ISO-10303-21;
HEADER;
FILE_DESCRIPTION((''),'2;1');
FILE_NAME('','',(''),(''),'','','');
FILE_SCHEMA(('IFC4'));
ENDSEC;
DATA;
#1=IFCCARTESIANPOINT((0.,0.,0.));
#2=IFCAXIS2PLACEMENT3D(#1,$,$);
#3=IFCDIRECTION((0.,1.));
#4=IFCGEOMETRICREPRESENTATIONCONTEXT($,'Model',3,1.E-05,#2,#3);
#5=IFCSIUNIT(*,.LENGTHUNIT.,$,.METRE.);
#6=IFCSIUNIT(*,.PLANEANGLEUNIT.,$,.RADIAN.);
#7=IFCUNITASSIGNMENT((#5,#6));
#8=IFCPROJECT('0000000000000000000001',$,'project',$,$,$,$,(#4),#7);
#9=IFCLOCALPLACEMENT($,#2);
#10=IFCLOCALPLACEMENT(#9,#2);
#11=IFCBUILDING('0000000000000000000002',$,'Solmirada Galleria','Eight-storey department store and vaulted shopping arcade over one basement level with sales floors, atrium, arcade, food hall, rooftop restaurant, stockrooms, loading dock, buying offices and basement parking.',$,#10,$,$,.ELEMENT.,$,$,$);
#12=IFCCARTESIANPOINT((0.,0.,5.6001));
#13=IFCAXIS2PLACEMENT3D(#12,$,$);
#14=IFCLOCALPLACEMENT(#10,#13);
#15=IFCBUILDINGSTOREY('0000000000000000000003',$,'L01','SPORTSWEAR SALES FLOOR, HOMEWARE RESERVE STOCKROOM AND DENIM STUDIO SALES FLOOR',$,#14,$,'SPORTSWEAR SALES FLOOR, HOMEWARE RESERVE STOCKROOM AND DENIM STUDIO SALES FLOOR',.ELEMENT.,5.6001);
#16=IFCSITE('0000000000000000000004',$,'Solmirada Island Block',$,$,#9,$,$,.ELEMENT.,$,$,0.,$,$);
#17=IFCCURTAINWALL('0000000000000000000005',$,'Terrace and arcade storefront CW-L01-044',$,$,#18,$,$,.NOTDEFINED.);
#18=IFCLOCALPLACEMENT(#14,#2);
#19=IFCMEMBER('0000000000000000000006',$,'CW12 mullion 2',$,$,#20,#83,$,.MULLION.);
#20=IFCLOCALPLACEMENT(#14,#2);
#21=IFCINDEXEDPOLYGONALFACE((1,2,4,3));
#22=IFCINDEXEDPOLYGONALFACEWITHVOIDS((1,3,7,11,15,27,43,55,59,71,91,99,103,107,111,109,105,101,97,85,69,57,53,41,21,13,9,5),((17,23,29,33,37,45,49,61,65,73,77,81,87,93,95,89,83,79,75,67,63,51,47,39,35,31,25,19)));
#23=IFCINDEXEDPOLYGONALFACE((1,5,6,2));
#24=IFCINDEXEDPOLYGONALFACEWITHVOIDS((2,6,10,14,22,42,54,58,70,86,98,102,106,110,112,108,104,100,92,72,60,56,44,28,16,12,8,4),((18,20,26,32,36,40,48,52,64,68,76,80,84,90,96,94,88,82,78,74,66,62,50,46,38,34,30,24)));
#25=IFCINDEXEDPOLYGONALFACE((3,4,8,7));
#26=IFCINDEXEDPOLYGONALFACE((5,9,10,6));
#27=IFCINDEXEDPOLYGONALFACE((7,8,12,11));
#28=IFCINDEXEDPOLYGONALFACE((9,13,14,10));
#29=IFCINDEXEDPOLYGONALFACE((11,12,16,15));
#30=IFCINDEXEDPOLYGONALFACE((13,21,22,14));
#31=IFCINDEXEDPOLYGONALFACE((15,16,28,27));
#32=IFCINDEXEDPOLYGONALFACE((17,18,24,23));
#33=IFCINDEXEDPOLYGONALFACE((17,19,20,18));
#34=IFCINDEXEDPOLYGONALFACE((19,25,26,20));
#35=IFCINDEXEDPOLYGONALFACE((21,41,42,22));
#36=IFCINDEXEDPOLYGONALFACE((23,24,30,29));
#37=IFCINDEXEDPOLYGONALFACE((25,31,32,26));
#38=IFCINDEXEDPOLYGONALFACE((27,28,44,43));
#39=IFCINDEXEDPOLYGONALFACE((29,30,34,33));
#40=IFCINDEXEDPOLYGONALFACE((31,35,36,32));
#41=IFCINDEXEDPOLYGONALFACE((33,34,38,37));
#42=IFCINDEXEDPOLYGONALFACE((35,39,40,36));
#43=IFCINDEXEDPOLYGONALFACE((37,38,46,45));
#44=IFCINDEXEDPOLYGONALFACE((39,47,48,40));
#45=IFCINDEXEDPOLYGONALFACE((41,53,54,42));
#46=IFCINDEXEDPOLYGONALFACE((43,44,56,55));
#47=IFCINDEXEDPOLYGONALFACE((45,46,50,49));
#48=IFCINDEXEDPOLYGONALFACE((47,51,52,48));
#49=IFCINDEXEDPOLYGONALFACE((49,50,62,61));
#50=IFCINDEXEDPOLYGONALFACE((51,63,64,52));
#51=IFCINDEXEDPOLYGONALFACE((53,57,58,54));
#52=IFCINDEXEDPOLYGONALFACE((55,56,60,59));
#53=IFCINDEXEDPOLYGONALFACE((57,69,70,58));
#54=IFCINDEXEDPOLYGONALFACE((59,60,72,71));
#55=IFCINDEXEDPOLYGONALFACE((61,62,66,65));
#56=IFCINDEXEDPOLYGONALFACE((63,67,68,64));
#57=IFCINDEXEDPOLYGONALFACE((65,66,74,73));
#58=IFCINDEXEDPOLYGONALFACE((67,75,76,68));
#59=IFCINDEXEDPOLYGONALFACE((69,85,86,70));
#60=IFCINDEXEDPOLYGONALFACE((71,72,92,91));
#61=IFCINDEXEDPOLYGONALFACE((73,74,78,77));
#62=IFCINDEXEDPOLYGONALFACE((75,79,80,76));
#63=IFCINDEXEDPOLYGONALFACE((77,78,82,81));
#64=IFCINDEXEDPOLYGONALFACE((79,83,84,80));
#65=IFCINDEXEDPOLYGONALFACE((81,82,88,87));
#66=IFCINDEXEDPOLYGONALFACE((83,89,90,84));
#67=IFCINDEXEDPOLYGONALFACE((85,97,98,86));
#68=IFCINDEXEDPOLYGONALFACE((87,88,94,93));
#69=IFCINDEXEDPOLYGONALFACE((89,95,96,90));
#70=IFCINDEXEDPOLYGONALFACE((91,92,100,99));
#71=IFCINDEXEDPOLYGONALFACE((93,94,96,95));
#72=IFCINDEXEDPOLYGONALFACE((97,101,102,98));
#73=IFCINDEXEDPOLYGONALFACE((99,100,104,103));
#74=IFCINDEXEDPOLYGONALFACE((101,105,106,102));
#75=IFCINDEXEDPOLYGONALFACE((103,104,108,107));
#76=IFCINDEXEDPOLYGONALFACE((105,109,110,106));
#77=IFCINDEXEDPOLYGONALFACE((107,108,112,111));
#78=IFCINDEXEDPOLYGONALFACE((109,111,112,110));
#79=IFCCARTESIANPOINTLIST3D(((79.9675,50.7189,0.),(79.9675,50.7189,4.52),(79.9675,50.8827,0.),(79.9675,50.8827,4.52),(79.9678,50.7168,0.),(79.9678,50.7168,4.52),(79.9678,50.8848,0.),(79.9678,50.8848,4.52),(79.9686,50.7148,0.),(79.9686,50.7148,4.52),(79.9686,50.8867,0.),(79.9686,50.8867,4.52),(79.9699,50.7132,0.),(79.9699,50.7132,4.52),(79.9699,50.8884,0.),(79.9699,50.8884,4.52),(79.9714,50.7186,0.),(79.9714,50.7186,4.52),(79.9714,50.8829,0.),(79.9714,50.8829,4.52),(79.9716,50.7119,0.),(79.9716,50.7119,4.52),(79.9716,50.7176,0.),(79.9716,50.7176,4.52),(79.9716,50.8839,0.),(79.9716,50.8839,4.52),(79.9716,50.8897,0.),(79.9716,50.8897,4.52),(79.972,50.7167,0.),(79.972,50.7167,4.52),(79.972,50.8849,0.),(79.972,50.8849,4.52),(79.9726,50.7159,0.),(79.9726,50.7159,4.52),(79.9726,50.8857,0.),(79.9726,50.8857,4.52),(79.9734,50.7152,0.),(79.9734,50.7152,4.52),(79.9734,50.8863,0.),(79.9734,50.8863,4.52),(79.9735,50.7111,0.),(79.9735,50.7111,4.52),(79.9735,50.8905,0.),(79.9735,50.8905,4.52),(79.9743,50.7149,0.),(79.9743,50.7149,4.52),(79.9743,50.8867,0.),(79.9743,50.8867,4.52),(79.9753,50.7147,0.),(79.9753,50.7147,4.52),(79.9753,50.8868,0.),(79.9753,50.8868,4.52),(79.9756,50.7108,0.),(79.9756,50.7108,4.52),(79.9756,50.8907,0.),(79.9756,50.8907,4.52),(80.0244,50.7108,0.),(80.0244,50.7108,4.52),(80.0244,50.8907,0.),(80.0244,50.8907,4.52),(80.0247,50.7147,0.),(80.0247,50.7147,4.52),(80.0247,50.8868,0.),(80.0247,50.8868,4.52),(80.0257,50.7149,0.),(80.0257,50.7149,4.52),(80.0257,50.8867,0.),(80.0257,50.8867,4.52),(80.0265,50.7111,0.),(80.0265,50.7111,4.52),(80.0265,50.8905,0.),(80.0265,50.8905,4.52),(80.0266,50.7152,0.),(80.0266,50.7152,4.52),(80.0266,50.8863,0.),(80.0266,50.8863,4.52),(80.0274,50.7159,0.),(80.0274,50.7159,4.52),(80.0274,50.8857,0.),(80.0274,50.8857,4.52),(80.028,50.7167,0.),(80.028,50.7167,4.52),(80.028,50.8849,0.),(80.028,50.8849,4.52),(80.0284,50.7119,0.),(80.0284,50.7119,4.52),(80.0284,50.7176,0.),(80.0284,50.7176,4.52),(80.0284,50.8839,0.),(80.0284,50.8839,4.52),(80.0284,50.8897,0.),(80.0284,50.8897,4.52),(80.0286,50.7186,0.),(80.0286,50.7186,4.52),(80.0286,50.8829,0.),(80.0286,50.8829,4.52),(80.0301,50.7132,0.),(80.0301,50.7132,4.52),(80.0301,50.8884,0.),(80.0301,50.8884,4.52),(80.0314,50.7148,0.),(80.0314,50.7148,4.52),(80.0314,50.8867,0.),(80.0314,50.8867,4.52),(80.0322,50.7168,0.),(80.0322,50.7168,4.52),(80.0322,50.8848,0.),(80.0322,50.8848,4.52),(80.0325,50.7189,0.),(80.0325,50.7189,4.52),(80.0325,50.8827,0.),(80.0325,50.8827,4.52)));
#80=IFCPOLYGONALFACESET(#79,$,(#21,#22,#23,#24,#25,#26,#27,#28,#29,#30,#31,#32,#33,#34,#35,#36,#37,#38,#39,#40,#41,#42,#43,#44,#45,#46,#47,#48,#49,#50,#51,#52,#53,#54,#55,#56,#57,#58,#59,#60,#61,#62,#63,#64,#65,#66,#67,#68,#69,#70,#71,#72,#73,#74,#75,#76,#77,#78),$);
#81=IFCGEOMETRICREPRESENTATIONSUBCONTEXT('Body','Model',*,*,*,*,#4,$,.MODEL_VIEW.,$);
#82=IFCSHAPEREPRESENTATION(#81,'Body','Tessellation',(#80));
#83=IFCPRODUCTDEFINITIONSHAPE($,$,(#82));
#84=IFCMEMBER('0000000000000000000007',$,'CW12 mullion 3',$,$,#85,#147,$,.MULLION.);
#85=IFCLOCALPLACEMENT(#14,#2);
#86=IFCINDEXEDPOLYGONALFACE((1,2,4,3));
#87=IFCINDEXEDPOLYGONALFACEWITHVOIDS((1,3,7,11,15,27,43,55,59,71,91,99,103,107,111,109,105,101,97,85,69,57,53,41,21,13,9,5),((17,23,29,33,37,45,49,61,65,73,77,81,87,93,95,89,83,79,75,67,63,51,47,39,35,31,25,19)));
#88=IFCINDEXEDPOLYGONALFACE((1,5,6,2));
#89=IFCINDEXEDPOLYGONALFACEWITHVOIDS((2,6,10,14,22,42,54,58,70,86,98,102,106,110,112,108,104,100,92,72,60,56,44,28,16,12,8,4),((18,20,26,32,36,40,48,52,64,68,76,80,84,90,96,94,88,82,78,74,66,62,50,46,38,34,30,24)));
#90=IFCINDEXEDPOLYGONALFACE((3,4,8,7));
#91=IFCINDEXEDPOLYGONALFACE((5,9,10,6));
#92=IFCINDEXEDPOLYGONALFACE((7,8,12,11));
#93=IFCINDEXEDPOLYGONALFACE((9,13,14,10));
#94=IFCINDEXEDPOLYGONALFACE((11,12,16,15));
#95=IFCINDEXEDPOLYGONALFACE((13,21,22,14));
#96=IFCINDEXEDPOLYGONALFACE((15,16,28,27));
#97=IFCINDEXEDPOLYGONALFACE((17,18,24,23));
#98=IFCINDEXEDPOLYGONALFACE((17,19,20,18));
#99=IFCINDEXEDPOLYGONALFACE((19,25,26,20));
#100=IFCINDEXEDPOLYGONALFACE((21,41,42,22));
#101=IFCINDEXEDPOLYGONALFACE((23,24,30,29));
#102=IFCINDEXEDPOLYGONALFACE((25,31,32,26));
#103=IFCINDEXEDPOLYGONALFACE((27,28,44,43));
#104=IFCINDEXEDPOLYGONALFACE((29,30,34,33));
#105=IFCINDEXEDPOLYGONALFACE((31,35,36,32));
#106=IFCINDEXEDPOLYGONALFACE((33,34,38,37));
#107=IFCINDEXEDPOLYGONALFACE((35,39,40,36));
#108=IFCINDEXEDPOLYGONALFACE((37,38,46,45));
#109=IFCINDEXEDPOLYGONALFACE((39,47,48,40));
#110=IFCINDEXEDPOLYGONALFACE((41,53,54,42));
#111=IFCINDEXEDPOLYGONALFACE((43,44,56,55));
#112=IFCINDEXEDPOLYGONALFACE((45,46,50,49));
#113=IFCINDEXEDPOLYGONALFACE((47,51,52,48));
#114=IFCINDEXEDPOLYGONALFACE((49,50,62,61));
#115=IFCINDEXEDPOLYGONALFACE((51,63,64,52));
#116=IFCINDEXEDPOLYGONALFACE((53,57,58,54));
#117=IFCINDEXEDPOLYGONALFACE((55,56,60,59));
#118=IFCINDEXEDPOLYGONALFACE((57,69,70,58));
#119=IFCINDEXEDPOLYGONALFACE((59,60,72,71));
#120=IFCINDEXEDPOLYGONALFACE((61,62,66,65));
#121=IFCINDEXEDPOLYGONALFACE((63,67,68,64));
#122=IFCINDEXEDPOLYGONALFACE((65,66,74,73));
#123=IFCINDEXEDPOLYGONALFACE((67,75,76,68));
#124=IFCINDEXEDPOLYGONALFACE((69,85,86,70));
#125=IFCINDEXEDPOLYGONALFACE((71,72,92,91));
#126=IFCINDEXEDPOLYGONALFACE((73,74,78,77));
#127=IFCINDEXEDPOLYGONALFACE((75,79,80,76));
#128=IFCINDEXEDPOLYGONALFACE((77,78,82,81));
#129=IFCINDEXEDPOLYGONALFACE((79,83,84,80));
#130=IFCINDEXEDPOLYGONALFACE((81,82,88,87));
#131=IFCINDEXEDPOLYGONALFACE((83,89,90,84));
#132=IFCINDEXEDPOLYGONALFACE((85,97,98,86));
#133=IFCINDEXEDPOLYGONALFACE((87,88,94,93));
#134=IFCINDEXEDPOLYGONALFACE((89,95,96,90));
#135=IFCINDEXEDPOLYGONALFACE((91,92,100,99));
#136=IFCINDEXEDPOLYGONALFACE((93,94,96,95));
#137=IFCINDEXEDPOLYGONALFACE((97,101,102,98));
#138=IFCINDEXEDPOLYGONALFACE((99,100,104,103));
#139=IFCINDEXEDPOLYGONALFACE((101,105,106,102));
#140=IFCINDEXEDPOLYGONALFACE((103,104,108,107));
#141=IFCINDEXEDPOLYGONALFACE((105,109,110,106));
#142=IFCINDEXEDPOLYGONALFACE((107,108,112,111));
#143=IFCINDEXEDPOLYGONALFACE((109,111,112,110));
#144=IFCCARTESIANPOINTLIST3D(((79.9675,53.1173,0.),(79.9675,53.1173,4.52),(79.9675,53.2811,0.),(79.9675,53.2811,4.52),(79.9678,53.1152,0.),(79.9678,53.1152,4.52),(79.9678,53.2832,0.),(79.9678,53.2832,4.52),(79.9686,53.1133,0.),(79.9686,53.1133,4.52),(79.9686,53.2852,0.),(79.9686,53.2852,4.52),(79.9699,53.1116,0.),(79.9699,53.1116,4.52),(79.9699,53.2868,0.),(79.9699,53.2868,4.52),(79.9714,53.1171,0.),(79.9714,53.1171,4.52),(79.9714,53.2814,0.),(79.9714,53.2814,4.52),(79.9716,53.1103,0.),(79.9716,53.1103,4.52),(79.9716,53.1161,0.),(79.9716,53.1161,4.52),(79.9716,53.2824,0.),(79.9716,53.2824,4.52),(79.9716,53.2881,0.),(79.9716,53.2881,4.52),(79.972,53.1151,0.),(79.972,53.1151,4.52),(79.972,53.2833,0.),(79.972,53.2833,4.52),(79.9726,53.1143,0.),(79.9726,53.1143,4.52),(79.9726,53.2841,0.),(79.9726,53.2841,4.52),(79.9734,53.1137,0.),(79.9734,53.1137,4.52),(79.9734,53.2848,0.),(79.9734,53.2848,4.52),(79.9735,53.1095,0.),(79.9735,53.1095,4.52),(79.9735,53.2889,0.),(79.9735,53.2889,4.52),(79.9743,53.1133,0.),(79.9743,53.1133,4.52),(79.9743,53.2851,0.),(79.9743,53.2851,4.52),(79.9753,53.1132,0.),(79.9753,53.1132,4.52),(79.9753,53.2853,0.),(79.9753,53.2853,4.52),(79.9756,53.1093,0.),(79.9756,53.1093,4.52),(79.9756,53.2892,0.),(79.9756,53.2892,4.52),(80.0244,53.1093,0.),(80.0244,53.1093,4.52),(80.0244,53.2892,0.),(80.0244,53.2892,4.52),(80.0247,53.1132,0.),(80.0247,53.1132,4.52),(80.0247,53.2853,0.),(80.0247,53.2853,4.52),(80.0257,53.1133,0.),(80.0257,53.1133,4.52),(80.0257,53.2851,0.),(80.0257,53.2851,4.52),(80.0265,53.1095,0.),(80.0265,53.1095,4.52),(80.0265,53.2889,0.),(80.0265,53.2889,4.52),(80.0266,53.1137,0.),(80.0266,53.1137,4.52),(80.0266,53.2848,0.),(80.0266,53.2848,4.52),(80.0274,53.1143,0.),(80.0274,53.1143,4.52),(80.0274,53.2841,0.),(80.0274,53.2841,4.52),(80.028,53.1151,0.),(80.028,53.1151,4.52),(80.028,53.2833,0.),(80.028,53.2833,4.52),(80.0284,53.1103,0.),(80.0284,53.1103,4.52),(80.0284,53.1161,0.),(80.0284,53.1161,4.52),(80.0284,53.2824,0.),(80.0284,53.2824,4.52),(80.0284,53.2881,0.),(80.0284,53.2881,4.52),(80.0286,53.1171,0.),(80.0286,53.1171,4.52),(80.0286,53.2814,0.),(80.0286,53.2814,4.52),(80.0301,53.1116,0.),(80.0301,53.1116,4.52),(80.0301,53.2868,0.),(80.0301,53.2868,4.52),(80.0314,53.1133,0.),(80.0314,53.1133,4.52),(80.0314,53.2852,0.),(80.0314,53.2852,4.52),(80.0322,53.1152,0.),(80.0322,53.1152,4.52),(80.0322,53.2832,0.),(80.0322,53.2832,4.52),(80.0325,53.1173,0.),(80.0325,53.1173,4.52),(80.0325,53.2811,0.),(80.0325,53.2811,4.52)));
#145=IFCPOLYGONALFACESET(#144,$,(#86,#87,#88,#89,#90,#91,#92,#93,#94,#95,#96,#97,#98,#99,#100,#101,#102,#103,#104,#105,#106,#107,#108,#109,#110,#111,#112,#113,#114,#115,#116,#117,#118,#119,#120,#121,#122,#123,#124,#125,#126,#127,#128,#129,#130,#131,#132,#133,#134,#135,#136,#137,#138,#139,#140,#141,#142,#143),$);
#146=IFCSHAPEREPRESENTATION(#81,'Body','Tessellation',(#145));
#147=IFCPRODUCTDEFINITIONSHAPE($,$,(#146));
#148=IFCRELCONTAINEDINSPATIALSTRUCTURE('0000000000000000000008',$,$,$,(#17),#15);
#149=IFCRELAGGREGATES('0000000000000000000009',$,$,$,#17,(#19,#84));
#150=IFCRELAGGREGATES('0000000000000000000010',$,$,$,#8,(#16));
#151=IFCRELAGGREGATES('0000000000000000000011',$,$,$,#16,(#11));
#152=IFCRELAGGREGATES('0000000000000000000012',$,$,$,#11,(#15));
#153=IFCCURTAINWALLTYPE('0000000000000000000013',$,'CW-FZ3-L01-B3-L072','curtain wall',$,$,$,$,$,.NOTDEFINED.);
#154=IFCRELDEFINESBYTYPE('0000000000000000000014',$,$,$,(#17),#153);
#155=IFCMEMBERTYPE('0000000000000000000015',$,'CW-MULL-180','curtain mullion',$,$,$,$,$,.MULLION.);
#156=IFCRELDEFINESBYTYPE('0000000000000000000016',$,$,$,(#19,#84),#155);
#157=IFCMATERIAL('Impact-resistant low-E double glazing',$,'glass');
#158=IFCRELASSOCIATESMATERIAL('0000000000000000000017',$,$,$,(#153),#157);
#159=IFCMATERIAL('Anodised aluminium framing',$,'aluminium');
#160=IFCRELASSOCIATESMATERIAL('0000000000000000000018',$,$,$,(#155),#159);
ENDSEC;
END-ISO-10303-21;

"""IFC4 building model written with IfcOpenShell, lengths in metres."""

from ifc_helpers import new_model, si_unit, direction, frame, origin, origin_2d, place, context, subcontext, project, spatial, hollow_rectangle, extrude, material, material_profile, profile_set, type_object, element, aggregate, save


model = new_model("IFC4")

# Units and contexts
model_context = context("Model", 3, precision=1e-05, world=origin(), true_north=direction((0.0, 1.0)))
body_context = subcontext(model_context, "Body", "Model", "MODEL_VIEW")
ifc_project = project(units=[si_unit("LENGTHUNIT", "METRE"), si_unit("PLANEANGLEUNIT", "RADIAN")], contexts=[model_context])

# Site, building, storey
site_placement = place(None, origin())
site = spatial("IfcSite", under=ifc_project, at=site_placement, Name="Solmirada Island Block", CompositionType="ELEMENT", RefElevation=0.0)
building_placement = place(site_placement, origin())
building = spatial("IfcBuilding", under=site, at=building_placement, Name="Solmirada Galleria", Description="Eight-storey department store and vaulted shopping arcade over one basement level with sales floors, atrium, arcade, food hall, rooftop restaurant, stockrooms, loading dock, buying offices and basement parking.", CompositionType="ELEMENT")
storey_placement = place(building_placement, frame((0.0, 0.0, 5.6001)))
storey = spatial("IfcBuildingStorey", under=building, at=storey_placement, Name="L01", Description="SPORTSWEAR SALES FLOOR, HOMEWARE RESERVE STOCKROOM AND DENIM STUDIO SALES FLOOR", LongName="SPORTSWEAR SALES FLOOR, HOMEWARE RESERVE STOCKROOM AND DENIM STUDIO SALES FLOOR", CompositionType="ELEMENT", Elevation=5.6001)

# Curtain wall, members
ifc_material_1 = material(Name="Impact-resistant low-E double glazing", Category="glass")
curtain_wall_type = type_object("IfcCurtainWallType", Name="CW-FZ3-L01-B3-L072", Description="curtain wall", PredefinedType="NOTDEFINED", material=ifc_material_1)
curtain_wall_placement = place(storey_placement, origin())
curtain_wall = element("IfcCurtainWall", 1, at=curtain_wall_placement, inside=storey, type_object=curtain_wall_type, Name="Terrace and arcade storefront CW-L01-044", PredefinedType="NOTDEFINED")
ifc_material_2 = material(Name="Anodised aluminium framing", Category="aluminium")
ifc_material_profile_1 = material_profile(ifc_material_2, hollow_rectangle(XDim=0.0649, YDim=0.1799, WallThickness=0.0039, InnerFilletRadius=0.0039, OuterFilletRadius=0.0081, at=origin_2d()), Name="ALU-MULL-180X65")
ifc_profile_set_1 = profile_set([ifc_material_profile_1], Name="Anodised aluminium framing")
member_type_1 = type_object("IfcMemberType", Name="CW-MULL-180", Description="curtain mullion", PredefinedType="MULLION", material=ifc_profile_set_1)
member_1_placement = place(storey_placement, frame((80.0, 50.8008, 0.0), z_axis=(0.0, 0.0, 1.0), x_axis=(-1.0, 0.0, 0.0)))
member_1 = element("IfcMember", 2, at=member_1_placement, type_object=member_type_1, Name="CW12 mullion 2", PredefinedType="MULLION", context=body_context, shape_type="SweptSolid", body=[
    extrude(hollow_rectangle(XDim=0.0649, YDim=0.1799, WallThickness=0.0039, InnerFilletRadius=0.0039, OuterFilletRadius=0.0081, at=origin_2d()), origin(), (0.0, 0.0, 1.0), 4.52),
])
member_2_placement = place(storey_placement, frame((80.0, 53.1992, 0.0), z_axis=(0.0, 0.0, 1.0), x_axis=(-1.0, 0.0, 0.0)))
member_2 = element("IfcMember", 3, at=member_2_placement, type_object=member_type_1, Name="CW12 mullion 3", PredefinedType="MULLION", context=body_context, shape_type="SweptSolid", body=[
    extrude(hollow_rectangle(XDim=0.0649, YDim=0.1799, WallThickness=0.0039, InnerFilletRadius=0.0039, OuterFilletRadius=0.0081, at=origin_2d()), origin(), (0.0, 0.0, 1.0), 4.52),
])
aggregate(curtain_wall, [member_1, member_2])

save(model, "model.ifc")
